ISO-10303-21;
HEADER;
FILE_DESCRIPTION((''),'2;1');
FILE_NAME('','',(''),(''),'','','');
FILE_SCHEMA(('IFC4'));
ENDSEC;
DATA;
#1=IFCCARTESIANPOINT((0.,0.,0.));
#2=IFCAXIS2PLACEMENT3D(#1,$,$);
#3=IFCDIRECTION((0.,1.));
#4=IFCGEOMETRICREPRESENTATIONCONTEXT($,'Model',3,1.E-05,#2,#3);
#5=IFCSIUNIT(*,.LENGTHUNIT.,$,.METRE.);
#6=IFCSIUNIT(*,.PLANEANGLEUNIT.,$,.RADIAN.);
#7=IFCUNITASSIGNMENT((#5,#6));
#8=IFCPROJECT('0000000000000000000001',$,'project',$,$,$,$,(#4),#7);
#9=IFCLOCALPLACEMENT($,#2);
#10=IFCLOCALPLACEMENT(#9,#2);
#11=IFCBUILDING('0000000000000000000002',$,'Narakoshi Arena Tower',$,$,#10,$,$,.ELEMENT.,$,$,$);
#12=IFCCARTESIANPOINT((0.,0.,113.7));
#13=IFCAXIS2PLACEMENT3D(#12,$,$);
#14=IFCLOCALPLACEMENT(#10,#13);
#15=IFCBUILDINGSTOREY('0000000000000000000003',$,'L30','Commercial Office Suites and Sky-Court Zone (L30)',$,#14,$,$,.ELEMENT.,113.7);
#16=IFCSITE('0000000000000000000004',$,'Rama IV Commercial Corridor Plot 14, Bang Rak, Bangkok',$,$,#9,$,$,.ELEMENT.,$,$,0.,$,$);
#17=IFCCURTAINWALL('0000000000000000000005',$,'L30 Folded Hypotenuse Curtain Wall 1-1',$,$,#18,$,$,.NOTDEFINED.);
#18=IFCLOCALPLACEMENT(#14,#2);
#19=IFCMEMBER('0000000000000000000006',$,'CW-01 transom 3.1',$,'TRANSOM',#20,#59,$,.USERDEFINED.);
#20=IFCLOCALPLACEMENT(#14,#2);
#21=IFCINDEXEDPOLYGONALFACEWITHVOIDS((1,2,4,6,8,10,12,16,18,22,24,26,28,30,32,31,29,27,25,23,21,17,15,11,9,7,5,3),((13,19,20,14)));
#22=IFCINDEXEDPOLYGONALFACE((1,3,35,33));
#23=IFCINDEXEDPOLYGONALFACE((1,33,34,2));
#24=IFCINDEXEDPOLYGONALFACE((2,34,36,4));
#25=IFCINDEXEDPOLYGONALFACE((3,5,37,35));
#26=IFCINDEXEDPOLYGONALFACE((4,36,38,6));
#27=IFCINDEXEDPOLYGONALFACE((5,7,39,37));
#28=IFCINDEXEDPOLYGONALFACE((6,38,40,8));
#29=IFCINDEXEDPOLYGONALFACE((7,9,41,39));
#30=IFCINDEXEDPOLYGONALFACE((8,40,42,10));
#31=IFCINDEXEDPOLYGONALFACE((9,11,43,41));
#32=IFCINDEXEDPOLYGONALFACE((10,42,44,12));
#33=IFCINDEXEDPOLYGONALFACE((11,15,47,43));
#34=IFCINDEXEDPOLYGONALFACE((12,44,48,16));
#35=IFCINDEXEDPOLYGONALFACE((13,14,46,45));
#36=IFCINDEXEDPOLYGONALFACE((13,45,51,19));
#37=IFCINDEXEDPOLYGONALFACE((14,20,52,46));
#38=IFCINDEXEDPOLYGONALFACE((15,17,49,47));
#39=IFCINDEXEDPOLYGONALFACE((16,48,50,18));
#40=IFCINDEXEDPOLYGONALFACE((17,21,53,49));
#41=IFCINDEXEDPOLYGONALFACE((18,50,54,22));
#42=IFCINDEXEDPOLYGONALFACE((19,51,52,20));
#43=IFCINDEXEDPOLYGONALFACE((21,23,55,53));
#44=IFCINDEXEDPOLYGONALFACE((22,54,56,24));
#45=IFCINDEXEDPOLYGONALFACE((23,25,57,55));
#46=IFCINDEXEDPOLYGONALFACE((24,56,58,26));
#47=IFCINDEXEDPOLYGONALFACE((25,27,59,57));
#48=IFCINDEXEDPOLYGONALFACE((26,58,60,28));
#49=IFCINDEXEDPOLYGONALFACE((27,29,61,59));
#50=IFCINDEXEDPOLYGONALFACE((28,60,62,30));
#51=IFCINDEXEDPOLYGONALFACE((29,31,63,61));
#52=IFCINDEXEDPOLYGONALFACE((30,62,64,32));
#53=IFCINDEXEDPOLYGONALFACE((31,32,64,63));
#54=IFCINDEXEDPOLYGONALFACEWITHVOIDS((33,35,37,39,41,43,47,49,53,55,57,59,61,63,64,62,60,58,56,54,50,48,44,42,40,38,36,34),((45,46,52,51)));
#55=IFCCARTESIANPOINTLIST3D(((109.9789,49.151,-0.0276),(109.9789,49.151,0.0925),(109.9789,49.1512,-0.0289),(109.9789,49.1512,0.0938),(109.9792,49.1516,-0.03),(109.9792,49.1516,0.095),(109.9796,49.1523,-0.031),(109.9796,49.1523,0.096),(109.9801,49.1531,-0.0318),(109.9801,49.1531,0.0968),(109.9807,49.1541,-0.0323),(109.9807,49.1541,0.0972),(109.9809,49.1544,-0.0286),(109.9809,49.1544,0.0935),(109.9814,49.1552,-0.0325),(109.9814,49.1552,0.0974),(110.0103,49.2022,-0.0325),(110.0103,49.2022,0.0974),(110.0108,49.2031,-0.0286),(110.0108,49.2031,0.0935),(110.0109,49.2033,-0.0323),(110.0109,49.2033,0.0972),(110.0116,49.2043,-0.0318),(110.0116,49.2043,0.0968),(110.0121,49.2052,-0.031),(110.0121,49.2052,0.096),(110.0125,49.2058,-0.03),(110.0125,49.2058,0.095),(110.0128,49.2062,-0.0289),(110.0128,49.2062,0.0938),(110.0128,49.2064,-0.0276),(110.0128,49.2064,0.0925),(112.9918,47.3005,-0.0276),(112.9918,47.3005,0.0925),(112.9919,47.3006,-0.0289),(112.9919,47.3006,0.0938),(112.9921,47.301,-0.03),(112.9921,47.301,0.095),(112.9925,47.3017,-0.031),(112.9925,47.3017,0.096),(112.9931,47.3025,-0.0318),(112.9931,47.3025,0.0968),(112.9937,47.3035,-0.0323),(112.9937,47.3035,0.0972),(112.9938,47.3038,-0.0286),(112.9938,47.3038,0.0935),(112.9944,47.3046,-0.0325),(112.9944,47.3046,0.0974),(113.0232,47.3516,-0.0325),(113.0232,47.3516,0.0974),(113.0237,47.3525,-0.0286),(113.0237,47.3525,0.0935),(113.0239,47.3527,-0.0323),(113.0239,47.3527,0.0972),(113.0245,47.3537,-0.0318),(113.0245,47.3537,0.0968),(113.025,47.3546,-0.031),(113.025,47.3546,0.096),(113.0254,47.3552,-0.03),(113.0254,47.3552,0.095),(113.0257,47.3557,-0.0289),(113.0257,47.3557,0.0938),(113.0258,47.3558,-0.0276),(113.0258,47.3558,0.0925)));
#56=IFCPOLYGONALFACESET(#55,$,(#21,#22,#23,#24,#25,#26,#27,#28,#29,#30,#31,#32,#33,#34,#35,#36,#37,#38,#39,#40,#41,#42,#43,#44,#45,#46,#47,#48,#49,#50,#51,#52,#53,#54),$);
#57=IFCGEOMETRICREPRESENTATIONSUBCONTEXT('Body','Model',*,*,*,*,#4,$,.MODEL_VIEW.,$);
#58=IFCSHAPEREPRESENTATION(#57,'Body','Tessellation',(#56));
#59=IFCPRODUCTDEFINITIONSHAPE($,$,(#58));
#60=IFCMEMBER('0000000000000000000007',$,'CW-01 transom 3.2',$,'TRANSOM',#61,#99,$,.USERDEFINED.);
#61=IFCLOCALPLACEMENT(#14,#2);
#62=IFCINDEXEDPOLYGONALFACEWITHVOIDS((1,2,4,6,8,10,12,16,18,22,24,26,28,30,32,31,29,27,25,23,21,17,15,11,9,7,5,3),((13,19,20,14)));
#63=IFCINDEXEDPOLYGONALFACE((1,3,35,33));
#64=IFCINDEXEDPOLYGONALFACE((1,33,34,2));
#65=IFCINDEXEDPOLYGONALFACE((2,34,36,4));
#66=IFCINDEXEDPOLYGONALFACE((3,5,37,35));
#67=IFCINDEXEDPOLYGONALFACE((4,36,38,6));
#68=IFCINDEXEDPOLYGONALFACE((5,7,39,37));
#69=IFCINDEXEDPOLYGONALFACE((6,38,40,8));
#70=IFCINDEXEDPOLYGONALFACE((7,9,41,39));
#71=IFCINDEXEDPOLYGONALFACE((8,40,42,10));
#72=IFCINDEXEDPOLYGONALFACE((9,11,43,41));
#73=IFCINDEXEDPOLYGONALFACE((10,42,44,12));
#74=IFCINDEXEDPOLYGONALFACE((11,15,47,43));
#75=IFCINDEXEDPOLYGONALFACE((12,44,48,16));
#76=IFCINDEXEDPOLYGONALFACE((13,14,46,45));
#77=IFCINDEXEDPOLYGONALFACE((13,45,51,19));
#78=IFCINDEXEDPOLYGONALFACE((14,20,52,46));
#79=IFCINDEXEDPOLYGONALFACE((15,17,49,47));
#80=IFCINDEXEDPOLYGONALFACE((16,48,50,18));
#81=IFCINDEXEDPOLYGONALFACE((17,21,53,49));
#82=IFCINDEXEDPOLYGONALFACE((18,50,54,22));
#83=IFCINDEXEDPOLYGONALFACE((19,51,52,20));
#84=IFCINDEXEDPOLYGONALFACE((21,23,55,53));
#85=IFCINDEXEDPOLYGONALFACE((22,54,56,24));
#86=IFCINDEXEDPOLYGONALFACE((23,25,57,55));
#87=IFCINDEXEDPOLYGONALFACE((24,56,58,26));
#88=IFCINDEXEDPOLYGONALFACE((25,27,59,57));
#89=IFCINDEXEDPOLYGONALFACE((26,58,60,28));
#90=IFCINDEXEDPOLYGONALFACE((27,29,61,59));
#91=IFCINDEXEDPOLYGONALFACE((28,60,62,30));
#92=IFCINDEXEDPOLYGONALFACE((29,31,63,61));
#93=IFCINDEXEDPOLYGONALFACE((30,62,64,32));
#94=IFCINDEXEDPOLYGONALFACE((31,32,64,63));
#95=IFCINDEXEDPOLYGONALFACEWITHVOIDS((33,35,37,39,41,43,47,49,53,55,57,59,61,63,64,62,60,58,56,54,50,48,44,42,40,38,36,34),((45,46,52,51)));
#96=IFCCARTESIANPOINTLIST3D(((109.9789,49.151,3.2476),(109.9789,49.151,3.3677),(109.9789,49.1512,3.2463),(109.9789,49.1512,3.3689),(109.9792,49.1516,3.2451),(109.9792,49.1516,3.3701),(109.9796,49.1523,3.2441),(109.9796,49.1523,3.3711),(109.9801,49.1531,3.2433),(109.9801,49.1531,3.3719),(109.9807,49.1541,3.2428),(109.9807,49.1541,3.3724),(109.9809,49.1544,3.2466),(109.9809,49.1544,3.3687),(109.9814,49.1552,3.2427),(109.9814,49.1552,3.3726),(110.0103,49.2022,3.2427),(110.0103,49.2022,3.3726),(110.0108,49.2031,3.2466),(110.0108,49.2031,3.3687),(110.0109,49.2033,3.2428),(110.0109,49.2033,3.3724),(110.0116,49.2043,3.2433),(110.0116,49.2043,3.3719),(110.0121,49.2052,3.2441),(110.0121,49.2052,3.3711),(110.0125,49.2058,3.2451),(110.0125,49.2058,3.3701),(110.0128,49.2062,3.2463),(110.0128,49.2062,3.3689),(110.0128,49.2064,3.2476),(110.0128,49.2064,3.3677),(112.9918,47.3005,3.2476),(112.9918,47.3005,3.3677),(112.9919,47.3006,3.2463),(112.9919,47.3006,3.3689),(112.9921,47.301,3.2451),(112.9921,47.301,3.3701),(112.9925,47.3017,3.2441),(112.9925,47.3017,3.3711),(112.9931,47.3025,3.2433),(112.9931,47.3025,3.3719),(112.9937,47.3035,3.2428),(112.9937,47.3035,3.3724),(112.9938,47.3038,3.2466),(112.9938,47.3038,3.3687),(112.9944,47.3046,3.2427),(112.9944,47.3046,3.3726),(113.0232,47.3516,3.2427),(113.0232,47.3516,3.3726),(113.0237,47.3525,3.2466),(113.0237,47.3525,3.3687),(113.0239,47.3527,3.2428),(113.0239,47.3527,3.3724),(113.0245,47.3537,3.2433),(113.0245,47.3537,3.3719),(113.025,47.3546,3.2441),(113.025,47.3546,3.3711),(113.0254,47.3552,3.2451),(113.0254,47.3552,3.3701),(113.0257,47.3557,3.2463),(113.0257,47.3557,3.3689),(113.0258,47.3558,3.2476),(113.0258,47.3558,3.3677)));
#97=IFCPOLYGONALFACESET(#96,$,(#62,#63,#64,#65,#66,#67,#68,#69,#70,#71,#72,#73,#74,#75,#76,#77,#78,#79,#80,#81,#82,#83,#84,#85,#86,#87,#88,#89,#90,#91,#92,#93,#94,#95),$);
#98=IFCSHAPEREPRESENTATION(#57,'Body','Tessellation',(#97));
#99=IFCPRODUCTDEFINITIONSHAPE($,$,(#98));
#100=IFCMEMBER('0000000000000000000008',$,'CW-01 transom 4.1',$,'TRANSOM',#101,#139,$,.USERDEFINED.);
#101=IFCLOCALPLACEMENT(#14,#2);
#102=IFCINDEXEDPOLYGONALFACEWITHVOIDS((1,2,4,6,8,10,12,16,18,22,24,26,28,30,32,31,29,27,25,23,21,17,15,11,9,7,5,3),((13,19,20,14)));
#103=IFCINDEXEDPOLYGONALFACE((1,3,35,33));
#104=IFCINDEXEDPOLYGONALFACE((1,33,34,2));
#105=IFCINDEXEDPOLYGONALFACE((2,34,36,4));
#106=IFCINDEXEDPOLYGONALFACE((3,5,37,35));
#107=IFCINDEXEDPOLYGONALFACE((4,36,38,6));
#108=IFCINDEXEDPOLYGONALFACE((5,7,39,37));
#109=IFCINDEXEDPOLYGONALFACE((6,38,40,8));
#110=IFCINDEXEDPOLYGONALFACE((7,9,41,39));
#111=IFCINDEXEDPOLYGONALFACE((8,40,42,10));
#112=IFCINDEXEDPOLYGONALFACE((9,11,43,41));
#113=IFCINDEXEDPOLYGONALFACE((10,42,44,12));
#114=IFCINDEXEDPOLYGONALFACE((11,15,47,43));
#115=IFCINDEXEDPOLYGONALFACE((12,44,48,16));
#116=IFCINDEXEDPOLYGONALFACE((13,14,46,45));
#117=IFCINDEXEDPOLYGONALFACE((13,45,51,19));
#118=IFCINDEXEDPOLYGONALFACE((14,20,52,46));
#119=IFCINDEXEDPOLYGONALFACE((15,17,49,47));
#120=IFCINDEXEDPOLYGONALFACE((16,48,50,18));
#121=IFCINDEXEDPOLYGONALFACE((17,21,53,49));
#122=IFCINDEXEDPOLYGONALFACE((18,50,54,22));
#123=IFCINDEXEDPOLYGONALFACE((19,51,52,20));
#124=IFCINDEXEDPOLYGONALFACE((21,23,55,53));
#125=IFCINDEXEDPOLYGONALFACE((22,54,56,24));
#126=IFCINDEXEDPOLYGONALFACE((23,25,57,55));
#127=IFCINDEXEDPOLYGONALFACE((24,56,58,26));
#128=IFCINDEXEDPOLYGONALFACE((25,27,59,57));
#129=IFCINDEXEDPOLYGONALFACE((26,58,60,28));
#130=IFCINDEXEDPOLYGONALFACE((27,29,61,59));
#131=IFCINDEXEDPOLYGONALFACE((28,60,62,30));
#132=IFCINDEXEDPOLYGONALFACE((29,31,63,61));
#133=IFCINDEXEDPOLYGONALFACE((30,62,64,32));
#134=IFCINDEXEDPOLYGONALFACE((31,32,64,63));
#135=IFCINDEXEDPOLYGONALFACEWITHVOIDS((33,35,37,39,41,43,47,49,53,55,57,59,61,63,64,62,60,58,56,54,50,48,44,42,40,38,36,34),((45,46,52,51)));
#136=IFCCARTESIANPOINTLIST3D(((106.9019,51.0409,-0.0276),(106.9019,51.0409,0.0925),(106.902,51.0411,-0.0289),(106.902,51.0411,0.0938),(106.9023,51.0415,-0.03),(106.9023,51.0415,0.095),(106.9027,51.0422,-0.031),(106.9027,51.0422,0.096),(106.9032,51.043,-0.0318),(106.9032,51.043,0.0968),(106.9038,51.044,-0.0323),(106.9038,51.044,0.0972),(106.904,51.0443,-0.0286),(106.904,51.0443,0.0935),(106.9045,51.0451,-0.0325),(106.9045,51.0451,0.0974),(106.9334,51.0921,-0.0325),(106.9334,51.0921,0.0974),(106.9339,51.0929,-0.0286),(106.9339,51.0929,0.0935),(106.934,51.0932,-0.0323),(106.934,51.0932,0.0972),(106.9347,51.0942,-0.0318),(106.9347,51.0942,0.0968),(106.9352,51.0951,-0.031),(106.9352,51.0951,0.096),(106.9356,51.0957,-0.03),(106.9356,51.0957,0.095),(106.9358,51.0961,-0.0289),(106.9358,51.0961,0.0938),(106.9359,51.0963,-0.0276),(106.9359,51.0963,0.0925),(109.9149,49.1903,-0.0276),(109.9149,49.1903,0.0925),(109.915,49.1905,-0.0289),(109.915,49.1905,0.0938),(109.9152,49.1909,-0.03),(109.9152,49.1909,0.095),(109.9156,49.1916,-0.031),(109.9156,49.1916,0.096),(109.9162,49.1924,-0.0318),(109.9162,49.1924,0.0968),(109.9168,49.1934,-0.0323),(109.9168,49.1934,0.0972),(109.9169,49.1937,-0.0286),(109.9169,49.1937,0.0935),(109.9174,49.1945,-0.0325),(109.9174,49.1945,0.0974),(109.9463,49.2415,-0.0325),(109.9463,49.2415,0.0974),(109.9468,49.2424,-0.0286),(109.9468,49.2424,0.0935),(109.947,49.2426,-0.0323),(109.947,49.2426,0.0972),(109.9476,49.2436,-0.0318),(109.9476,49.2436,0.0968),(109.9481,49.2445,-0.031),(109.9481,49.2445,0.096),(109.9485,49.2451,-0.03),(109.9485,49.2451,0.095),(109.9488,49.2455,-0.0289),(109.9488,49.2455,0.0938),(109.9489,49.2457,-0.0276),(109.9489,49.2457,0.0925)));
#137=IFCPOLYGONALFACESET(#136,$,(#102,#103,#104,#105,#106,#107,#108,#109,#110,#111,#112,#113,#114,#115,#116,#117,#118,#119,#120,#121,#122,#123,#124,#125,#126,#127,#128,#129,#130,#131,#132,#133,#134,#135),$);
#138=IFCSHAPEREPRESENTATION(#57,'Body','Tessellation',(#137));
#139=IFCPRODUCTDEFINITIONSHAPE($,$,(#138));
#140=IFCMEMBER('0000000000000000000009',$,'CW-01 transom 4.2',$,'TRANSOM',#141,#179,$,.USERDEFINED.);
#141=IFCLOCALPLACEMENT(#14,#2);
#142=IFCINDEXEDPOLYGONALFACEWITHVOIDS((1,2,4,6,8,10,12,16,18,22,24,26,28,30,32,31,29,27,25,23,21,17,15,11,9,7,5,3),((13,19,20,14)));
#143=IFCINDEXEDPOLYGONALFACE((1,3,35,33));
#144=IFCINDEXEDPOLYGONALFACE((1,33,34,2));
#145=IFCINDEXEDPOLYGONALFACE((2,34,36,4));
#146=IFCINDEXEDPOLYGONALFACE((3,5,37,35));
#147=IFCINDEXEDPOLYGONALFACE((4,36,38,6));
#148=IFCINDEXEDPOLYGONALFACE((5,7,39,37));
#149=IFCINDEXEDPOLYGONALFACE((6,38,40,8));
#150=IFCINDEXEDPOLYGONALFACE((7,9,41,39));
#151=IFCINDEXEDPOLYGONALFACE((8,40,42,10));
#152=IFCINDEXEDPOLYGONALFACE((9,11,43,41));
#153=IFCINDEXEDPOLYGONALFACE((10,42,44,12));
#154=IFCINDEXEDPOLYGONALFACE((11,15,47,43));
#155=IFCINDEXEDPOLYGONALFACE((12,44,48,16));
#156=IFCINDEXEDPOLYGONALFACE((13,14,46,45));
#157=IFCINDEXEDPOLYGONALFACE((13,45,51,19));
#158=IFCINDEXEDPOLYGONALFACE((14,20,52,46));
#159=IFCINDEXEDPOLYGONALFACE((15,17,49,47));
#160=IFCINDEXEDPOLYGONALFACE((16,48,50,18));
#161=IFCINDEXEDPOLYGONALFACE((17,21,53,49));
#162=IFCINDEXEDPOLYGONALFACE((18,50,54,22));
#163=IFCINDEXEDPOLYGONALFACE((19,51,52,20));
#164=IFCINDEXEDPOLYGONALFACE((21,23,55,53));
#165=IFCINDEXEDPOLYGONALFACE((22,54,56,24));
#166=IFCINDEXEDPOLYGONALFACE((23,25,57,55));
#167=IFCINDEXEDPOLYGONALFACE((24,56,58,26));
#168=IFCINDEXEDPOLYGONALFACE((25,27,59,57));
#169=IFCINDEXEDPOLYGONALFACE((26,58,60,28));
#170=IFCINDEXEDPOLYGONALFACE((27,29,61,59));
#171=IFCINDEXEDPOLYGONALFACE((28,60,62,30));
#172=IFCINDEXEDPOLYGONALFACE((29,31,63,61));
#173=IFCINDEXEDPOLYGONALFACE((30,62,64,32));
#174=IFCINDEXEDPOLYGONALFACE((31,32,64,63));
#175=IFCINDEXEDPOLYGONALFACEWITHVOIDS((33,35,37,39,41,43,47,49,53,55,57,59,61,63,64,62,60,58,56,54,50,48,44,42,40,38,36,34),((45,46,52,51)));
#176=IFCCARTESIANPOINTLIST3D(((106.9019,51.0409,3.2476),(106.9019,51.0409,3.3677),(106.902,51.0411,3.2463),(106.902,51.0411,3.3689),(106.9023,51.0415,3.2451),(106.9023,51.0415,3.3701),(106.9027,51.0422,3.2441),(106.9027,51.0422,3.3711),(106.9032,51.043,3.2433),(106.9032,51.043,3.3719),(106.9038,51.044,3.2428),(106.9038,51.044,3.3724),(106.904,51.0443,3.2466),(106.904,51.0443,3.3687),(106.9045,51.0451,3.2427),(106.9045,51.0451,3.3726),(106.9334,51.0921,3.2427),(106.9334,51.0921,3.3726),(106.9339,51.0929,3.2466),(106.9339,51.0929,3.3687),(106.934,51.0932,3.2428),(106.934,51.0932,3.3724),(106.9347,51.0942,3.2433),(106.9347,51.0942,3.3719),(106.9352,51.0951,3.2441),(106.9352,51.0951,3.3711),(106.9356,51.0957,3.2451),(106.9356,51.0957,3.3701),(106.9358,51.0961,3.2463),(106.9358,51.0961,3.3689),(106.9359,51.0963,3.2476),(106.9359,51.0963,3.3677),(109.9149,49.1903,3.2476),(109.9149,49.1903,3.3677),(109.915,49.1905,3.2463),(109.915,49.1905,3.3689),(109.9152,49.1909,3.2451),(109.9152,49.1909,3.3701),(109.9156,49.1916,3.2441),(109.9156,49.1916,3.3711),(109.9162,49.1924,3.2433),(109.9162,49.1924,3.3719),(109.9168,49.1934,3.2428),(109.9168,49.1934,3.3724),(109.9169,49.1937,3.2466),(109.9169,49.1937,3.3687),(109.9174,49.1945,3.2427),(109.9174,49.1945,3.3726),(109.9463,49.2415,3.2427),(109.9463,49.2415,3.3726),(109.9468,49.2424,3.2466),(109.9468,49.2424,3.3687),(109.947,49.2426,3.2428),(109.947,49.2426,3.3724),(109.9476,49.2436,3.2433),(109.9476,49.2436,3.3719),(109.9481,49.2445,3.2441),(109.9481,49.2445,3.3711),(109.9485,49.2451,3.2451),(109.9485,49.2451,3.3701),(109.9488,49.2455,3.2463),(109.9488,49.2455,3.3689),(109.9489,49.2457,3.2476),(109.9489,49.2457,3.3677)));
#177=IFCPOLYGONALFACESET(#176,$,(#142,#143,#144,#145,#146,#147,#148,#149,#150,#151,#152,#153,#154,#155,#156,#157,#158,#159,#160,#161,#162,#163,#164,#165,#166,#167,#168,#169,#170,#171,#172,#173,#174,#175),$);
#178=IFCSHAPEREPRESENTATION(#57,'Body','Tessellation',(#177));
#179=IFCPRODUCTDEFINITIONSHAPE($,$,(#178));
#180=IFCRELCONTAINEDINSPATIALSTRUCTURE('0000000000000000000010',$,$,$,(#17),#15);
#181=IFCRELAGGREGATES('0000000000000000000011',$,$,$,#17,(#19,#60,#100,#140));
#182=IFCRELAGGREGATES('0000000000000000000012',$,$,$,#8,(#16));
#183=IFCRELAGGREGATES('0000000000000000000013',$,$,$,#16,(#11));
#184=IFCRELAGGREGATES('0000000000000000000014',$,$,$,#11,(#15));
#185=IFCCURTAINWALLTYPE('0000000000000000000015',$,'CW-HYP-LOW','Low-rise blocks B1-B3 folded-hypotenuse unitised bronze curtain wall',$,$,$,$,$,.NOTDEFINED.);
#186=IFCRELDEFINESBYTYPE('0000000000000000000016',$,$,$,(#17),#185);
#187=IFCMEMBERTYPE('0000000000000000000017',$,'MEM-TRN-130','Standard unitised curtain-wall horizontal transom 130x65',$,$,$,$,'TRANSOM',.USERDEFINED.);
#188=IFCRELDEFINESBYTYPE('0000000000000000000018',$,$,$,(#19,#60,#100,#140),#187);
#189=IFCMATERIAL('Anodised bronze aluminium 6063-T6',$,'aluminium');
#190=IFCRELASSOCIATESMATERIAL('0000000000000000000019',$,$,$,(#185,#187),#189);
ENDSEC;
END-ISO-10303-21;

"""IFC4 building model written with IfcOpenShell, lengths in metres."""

from ifc_helpers import new_model, si_unit, direction, frame, origin, origin_2d, place, context, subcontext, project, spatial, hollow_rectangle, extrude, material, material_profile, profile_set, type_object, element, aggregate, save


model = new_model("IFC4")

# Units and contexts
model_context = context("Model", 3, precision=1e-05, world=origin(), true_north=direction((0.0, 1.0)))
body_context = subcontext(model_context, "Body", "Model", "MODEL_VIEW")
ifc_project = project(units=[si_unit("LENGTHUNIT", "METRE"), si_unit("PLANEANGLEUNIT", "RADIAN")], contexts=[model_context])

# Site, building, storey
site_placement = place(None, origin())
site = spatial("IfcSite", under=ifc_project, at=site_placement, Name="Rama IV Commercial Corridor Plot 14, Bang Rak, Bangkok", CompositionType="ELEMENT", RefElevation=0.0)
building_placement = place(site_placement, origin())
building = spatial("IfcBuilding", under=site, at=building_placement, Name="Narakoshi Arena Tower", CompositionType="ELEMENT")
storey_placement = place(building_placement, frame((0.0, 0.0, 113.7)))
storey = spatial("IfcBuildingStorey", under=building, at=storey_placement, Name="L30", Description="Commercial Office Suites and Sky-Court Zone (L30)", CompositionType="ELEMENT", Elevation=113.7)

# Curtain wall, members
ifc_material_1 = material(Name="Anodised bronze aluminium 6063-T6", Category="aluminium")
curtain_wall_type = type_object("IfcCurtainWallType", Name="CW-HYP-LOW", Description="Low-rise blocks B1-B3 folded-hypotenuse unitised bronze curtain wall", PredefinedType="NOTDEFINED", material=ifc_material_1)
curtain_wall_placement = place(storey_placement, origin())
curtain_wall = element("IfcCurtainWall", 1, at=curtain_wall_placement, inside=storey, type_object=curtain_wall_type, Name="L30 Folded Hypotenuse Curtain Wall 1-1", PredefinedType="NOTDEFINED")
ifc_material_profile_1 = material_profile(ifc_material_1, hollow_rectangle(XDim=0.0649, YDim=0.1299, WallThickness=0.0039, OuterFilletRadius=0.0049, at=origin_2d()), Name="TRN130x65x4")
ifc_profile_set_1 = profile_set([ifc_material_profile_1], Name="Anodised bronze aluminium 6063-T6")
member_type_1 = type_object("IfcMemberType", Name="MEM-TRN-130", Description="Standard unitised curtain-wall horizontal transom 130x65", ElementType="TRANSOM", PredefinedType="USERDEFINED", material=ifc_profile_set_1)
member_1_placement = place(storey_placement, frame((113.0088, 47.3281, 0.0325), z_axis=(-0.852104, 0.523373, 0.0), x_axis=(-0.523373, -0.852104, 0.0)))
member_1 = element("IfcMember", 2, at=member_1_placement, type_object=member_type_1, Name="CW-01 transom 3.1", ObjectType="TRANSOM", PredefinedType="USERDEFINED", context=body_context, shape_type="SweptSolid", body=[
    extrude(hollow_rectangle(XDim=0.0649, YDim=0.1299, WallThickness=0.0039, OuterFilletRadius=0.0049, at=origin_2d()), origin(), (0.0, 0.0, 1.0), 3.5359),
])
member_2_placement = place(storey_placement, frame((113.0088, 47.3281, 3.3076), z_axis=(-0.852104, 0.523373, 0.0), x_axis=(-0.523373, -0.852104, 0.0)))
member_2 = element("IfcMember", 3, at=member_2_placement, type_object=member_type_1, Name="CW-01 transom 3.2", ObjectType="TRANSOM", PredefinedType="USERDEFINED", context=body_context, shape_type="SweptSolid", body=[
    extrude(hollow_rectangle(XDim=0.0649, YDim=0.1299, WallThickness=0.0039, OuterFilletRadius=0.0049, at=origin_2d()), origin(), (0.0, 0.0, 1.0), 3.5359),
])
member_3_placement = place(storey_placement, frame((109.9319, 49.218, 0.0325), z_axis=(-0.852104, 0.523373, 0.0), x_axis=(-0.523373, -0.852104, 0.0)))
member_3 = element("IfcMember", 4, at=member_3_placement, type_object=member_type_1, Name="CW-01 transom 4.1", ObjectType="TRANSOM", PredefinedType="USERDEFINED", context=body_context, shape_type="SweptSolid", body=[
    extrude(hollow_rectangle(XDim=0.0649, YDim=0.1299, WallThickness=0.0039, OuterFilletRadius=0.0049, at=origin_2d()), origin(), (0.0, 0.0, 1.0), 3.5359),
])
member_4_placement = place(storey_placement, frame((109.9319, 49.218, 3.3076), z_axis=(-0.852104, 0.523373, 0.0), x_axis=(-0.523373, -0.852104, 0.0)))
member_4 = element("IfcMember", 5, at=member_4_placement, type_object=member_type_1, Name="CW-01 transom 4.2", ObjectType="TRANSOM", PredefinedType="USERDEFINED", context=body_context, shape_type="SweptSolid", body=[
    extrude(hollow_rectangle(XDim=0.0649, YDim=0.1299, WallThickness=0.0039, OuterFilletRadius=0.0049, at=origin_2d()), origin(), (0.0, 0.0, 1.0), 3.5359),
])
aggregate(curtain_wall, [member_1, member_2, member_3, member_4])

save(model, "model.ifc")
